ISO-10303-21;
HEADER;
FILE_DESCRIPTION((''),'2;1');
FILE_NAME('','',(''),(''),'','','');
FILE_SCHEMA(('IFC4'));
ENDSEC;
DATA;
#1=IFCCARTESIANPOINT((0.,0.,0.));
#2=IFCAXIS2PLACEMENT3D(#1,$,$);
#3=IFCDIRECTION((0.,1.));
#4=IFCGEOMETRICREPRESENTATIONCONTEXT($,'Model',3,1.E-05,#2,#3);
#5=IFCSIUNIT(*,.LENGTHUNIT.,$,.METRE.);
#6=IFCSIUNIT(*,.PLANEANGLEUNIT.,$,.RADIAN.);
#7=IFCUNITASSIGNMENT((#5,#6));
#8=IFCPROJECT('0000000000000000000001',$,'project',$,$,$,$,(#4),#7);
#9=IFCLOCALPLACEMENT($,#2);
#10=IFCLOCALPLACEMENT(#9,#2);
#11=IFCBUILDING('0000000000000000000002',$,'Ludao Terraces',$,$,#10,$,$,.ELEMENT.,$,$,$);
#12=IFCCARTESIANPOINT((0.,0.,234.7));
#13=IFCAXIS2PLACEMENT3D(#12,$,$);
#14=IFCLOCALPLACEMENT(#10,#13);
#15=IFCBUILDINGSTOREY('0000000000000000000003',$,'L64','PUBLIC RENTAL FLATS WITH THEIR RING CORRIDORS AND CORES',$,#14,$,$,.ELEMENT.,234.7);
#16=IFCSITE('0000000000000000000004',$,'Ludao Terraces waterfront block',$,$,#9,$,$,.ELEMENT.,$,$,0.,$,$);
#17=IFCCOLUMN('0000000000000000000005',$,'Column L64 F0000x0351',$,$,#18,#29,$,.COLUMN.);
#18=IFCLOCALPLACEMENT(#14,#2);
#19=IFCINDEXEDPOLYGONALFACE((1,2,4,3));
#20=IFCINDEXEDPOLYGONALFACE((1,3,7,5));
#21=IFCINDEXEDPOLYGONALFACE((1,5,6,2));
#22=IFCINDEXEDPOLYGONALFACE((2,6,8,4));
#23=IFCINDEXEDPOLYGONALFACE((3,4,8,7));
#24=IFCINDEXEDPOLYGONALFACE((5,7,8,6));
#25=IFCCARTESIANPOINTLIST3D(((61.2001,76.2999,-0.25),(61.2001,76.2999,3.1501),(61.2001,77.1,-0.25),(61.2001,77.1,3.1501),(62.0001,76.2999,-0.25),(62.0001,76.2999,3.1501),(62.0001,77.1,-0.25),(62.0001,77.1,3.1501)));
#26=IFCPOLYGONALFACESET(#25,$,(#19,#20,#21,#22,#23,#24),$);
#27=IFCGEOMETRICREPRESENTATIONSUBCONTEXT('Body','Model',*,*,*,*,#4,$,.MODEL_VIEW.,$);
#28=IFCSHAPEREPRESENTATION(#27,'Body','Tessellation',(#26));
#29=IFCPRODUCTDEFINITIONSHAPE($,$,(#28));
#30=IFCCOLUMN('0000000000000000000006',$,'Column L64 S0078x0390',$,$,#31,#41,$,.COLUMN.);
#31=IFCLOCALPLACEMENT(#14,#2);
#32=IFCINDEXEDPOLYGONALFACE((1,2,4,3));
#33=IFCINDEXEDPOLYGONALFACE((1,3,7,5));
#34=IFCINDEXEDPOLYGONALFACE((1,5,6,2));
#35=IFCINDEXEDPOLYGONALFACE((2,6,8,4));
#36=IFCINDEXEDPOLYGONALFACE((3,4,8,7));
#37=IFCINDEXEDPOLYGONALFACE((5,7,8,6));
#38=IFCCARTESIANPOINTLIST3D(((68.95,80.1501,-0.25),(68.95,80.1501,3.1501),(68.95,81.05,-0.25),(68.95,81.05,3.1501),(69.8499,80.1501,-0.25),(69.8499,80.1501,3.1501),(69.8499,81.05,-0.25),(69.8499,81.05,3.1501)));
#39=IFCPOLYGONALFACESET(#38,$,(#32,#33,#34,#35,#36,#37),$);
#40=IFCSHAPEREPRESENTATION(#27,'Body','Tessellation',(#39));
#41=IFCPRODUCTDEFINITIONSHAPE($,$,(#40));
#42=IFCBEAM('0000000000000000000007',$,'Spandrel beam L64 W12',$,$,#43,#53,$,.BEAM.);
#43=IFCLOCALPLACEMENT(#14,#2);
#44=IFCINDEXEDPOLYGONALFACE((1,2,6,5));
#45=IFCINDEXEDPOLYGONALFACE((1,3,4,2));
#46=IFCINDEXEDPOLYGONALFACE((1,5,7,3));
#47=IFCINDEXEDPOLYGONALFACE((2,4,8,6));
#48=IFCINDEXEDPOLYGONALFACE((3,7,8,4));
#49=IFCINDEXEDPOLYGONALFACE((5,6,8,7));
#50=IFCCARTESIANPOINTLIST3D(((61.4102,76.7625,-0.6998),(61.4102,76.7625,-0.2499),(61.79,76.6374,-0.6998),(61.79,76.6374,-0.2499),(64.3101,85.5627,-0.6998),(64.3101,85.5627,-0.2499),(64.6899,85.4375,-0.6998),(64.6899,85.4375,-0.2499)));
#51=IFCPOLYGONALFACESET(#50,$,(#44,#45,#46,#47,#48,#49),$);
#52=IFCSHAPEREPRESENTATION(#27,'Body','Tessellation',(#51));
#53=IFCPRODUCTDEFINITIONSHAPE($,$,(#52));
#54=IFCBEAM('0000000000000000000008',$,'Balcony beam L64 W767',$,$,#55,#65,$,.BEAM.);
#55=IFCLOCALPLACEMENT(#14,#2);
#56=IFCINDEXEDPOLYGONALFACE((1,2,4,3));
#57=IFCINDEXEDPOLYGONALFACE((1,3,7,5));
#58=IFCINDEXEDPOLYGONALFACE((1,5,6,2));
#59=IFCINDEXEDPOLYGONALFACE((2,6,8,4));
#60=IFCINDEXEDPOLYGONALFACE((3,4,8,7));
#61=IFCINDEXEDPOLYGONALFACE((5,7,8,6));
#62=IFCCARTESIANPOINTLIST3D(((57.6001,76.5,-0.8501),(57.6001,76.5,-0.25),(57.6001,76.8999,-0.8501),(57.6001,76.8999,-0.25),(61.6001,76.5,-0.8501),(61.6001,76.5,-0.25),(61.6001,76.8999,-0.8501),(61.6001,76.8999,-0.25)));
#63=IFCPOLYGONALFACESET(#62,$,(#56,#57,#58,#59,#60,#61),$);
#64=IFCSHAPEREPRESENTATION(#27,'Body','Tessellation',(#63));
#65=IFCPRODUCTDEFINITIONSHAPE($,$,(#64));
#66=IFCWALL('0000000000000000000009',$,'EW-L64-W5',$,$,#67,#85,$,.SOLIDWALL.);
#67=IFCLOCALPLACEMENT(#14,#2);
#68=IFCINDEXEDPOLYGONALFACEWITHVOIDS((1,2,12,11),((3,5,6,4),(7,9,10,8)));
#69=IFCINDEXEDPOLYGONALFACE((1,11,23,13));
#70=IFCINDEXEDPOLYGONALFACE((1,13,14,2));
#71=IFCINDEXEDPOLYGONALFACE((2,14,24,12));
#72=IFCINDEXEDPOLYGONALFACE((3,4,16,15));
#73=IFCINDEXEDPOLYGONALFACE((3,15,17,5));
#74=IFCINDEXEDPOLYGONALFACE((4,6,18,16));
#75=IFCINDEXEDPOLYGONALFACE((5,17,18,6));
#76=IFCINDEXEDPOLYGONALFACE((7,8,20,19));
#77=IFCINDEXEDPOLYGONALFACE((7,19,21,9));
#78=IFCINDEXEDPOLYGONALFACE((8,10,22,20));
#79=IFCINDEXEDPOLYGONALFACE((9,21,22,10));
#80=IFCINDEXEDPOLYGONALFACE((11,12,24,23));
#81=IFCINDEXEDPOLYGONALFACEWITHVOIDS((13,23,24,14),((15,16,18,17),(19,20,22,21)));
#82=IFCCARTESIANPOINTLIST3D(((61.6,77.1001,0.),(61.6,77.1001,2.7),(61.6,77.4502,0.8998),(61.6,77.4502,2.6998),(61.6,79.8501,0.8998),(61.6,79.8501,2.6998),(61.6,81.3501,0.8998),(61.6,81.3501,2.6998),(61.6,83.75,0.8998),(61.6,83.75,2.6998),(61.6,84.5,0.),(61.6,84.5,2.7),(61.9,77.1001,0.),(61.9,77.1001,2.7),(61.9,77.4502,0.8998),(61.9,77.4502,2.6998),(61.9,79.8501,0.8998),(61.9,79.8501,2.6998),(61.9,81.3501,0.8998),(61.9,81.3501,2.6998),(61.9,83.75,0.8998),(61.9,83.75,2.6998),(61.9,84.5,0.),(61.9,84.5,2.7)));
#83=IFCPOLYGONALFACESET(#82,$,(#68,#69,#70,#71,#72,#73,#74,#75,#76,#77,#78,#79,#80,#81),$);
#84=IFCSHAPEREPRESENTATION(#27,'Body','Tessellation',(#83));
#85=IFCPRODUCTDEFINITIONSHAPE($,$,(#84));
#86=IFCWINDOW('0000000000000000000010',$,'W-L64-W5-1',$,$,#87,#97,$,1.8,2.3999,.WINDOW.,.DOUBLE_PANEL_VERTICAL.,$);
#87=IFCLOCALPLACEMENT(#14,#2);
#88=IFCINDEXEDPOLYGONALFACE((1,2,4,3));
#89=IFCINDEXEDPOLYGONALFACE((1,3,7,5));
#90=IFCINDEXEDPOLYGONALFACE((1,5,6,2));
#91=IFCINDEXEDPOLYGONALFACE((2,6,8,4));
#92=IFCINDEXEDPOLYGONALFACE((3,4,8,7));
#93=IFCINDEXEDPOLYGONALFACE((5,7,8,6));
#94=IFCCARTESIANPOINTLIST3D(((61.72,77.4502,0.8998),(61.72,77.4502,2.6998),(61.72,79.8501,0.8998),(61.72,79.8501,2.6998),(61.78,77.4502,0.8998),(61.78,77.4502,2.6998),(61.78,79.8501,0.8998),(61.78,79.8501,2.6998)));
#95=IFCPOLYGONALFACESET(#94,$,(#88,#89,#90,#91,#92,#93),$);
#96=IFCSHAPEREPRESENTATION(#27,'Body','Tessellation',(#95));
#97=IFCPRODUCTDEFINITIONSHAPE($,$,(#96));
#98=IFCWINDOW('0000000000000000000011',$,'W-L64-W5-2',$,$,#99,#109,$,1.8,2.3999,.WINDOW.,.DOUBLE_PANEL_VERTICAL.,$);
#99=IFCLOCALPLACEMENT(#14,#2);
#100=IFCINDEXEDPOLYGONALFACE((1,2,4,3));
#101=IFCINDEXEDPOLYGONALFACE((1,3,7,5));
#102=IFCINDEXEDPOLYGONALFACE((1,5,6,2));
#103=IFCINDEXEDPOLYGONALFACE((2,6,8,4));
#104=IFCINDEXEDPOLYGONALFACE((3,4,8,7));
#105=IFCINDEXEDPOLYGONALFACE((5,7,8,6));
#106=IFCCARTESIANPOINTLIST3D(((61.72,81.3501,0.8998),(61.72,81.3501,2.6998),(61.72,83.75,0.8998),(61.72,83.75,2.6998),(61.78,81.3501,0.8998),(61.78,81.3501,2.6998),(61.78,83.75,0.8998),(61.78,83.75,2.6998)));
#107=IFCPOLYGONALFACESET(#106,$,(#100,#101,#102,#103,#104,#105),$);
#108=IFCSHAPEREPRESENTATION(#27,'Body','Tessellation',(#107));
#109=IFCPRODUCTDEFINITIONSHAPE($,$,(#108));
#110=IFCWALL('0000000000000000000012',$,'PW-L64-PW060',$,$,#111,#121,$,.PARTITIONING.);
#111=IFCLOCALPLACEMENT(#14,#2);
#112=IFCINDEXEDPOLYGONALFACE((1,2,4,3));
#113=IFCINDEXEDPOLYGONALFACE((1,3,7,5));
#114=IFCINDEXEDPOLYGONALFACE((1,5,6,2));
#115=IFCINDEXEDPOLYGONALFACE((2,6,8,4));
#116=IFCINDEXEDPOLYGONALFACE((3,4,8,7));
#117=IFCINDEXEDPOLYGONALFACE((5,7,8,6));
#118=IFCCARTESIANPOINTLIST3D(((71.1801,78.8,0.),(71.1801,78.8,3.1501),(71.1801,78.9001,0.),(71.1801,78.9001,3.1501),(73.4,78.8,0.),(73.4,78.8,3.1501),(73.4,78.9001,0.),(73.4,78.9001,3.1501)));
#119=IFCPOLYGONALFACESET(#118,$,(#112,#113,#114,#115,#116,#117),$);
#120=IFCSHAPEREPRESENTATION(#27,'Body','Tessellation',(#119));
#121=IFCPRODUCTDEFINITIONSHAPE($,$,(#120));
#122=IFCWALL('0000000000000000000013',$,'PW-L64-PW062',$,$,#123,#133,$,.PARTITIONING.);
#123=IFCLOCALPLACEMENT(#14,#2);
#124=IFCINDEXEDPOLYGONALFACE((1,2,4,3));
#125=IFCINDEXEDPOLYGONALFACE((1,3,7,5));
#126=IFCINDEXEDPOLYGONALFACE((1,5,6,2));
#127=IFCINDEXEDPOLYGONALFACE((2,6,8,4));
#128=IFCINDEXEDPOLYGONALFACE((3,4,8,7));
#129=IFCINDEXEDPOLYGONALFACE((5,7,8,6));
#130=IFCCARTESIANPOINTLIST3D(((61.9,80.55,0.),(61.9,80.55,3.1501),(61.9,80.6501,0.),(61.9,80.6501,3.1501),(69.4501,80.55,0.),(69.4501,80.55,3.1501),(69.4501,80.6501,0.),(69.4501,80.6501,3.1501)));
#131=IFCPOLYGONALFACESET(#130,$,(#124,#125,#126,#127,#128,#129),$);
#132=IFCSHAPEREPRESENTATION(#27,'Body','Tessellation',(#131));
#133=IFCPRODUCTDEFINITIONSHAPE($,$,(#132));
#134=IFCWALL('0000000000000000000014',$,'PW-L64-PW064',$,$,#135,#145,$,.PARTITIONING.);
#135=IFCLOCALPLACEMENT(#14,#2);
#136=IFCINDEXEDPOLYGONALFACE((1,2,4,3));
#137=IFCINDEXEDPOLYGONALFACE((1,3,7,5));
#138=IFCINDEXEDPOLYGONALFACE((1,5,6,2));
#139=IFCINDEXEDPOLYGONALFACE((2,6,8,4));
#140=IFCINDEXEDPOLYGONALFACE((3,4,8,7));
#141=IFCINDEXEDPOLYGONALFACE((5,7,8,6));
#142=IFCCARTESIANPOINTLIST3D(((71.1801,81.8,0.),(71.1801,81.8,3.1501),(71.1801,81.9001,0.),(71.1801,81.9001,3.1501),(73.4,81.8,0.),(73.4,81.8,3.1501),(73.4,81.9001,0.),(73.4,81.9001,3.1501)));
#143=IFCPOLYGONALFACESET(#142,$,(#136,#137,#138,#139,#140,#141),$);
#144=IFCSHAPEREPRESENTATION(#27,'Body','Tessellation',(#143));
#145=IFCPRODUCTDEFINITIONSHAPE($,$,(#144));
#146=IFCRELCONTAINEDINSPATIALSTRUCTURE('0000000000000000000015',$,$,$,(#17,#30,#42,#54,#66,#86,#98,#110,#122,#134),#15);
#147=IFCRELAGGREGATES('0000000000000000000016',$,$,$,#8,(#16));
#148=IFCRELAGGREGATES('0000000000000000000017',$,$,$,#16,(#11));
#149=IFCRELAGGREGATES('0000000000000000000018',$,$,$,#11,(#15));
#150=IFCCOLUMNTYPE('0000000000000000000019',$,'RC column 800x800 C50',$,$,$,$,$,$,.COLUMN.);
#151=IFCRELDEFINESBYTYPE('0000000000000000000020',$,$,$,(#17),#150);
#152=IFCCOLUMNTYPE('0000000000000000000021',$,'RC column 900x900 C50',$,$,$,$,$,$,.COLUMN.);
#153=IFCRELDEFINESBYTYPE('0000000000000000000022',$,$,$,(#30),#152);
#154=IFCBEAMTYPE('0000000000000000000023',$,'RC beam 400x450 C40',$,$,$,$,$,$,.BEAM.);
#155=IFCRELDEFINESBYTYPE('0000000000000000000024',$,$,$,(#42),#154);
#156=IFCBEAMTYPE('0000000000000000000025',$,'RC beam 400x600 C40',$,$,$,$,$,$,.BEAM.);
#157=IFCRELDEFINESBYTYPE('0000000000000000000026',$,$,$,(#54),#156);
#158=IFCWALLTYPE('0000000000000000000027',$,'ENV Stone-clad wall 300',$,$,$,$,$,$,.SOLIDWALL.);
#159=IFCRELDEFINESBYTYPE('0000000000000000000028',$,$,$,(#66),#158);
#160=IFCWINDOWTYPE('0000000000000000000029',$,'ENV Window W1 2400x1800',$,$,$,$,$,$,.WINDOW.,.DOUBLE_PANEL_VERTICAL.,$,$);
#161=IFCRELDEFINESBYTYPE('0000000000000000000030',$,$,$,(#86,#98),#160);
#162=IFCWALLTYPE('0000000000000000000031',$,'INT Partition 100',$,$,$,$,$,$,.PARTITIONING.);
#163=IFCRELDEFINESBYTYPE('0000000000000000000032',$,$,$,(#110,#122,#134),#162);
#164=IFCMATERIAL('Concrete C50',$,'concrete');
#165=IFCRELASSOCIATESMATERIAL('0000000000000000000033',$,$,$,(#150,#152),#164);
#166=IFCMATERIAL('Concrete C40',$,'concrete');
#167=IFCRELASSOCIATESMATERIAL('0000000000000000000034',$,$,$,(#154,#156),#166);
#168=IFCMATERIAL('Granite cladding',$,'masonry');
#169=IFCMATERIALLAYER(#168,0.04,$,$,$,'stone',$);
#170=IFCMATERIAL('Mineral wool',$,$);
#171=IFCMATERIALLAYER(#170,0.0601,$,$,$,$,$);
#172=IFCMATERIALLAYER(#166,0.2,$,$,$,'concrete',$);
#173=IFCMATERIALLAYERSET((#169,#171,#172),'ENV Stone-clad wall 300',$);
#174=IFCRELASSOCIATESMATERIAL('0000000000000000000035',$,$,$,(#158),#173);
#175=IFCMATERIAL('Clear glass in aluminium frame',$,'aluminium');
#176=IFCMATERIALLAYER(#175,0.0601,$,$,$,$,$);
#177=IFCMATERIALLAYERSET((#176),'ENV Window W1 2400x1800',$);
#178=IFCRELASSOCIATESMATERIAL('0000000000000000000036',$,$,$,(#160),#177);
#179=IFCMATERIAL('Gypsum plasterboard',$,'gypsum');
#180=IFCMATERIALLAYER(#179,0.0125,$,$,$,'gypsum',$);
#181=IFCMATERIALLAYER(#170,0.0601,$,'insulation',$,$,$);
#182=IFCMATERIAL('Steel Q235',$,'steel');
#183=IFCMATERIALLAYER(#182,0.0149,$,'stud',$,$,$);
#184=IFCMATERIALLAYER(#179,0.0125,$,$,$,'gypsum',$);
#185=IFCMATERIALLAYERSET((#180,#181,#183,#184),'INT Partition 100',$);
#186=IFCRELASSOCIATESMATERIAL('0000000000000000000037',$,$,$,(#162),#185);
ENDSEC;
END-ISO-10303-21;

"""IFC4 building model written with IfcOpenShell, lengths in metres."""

from ifc_helpers import new_model, si_unit, direction, frame, frame_2d, origin, origin_2d, place, context, subcontext, project, spatial, rectangle, extrude, material, layer, layer_set, material_profile, profile_set, type_object, element, fill, save


model = new_model("IFC4")

# Units and contexts
model_context = context("Model", 3, precision=1e-05, world=origin(), true_north=direction((0.0, 1.0)))
body_context = subcontext(model_context, "Body", "Model", "MODEL_VIEW")
ifc_project = project(units=[si_unit("LENGTHUNIT", "METRE"), si_unit("PLANEANGLEUNIT", "RADIAN")], contexts=[model_context])

# Site, building, storey
site_placement = place(None, origin())
site = spatial("IfcSite", under=ifc_project, at=site_placement, Name="Ludao Terraces waterfront block", CompositionType="ELEMENT", RefElevation=0.0)
building_placement = place(site_placement, origin())
building = spatial("IfcBuilding", under=site, at=building_placement, Name="Ludao Terraces", CompositionType="ELEMENT")
storey_placement = place(building_placement, frame((0.0, 0.0, 234.7)))
storey = spatial("IfcBuildingStorey", under=building, at=storey_placement, Name="L64", Description="PUBLIC RENTAL FLATS WITH THEIR RING CORRIDORS AND CORES", CompositionType="ELEMENT", Elevation=234.7)

# Columns
ifc_material_1 = material(Name="Concrete C50", Category="concrete")
ifc_material_profile_1 = material_profile(ifc_material_1, rectangle(XDim=0.8, YDim=0.8, at=origin_2d()), Name="800 X 800")
ifc_profile_set_1 = profile_set([ifc_material_profile_1], Name="Concrete C50")
column_type_1 = type_object("IfcColumnType", Name="RC column 800x800 C50", PredefinedType="COLUMN", material=ifc_profile_set_1)
column_1_placement = place(storey_placement, frame((61.6001, 76.7, -0.25), z_axis=(0.0, 0.0, 1.0), x_axis=(1.0, 0.0, 0.0)))
element("IfcColumn", 1, at=column_1_placement, inside=storey, type_object=column_type_1, Name="Column L64 F0000x0351", PredefinedType="COLUMN", context=body_context, shape_type="SweptSolid", body=[
    extrude(rectangle(XDim=0.8, YDim=0.8, at=origin_2d()), origin(), (0.0, 0.0, 1.0), 3.4001),
])
ifc_material_profile_2 = material_profile(ifc_material_1, rectangle(XDim=0.8999, YDim=0.8999, at=origin_2d()), Name="900 X 900")
ifc_profile_set_2 = profile_set([ifc_material_profile_2], Name="Concrete C50")
column_type_2 = type_object("IfcColumnType", Name="RC column 900x900 C50", PredefinedType="COLUMN", material=ifc_profile_set_2)
column_2_placement = place(storey_placement, frame((69.3999, 80.6001, -0.25), z_axis=(0.0, 0.0, 1.0), x_axis=(1.0, 0.0, 0.0)))
element("IfcColumn", 2, at=column_2_placement, inside=storey, type_object=column_type_2, Name="Column L64 S0078x0390", PredefinedType="COLUMN", context=body_context, shape_type="SweptSolid", body=[
    extrude(rectangle(XDim=0.8999, YDim=0.8999, at=origin_2d()), origin(), (0.0, 0.0, 1.0), 3.4001),
])

# Beams
ifc_material_2 = material(Name="Concrete C40", Category="concrete")
ifc_material_profile_3 = material_profile(ifc_material_2, rectangle(XDim=0.3999, YDim=0.45, at=origin_2d()), Name="400 X 450")
ifc_profile_set_3 = profile_set([ifc_material_profile_3], Name="Concrete C40")
beam_type_1 = type_object("IfcBeamType", Name="RC beam 400x450 C40", PredefinedType="BEAM", material=ifc_profile_set_3)
beam_1_placement = place(storey_placement, frame((61.6001, 76.7, -0.4749), z_axis=(0.312977, 0.949761, 0.0), x_axis=(-0.949761, 0.312977, 0.0)))
element("IfcBeam", 3, at=beam_1_placement, inside=storey, type_object=beam_type_1, Name="Spandrel beam L64 W12", PredefinedType="BEAM", context=body_context, shape_type="SweptSolid", body=[
    extrude(rectangle(XDim=0.3999, YDim=0.45, at=origin_2d()), origin(), (0.0, 0.0, 1.0), 9.2656),
])
ifc_material_profile_4 = material_profile(ifc_material_2, rectangle(XDim=0.3999, YDim=0.6001, at=origin_2d()), Name="400 X 600")
ifc_profile_set_4 = profile_set([ifc_material_profile_4], Name="Concrete C40")
beam_type_2 = type_object("IfcBeamType", Name="RC beam 400x600 C40", PredefinedType="BEAM", material=ifc_profile_set_4)
beam_2_placement = place(storey_placement, frame((61.6001, 76.7, -0.55), z_axis=(-1.0, 0.0, 0.0), x_axis=(0.0, -1.0, 0.0)))
element("IfcBeam", 4, at=beam_2_placement, inside=storey, type_object=beam_type_2, Name="Balcony beam L64 W767", PredefinedType="BEAM", context=body_context, shape_type="SweptSolid", body=[
    extrude(rectangle(XDim=0.3999, YDim=0.6001, at=origin_2d()), origin(), (0.0, 0.0, 1.0), 4.0),
])

# Wall, openings, windows
ifc_material_3 = material(Name="Granite cladding", Category="masonry")
ifc_layer_1 = layer(ifc_material_3, 0.04, Category="stone")
ifc_material_4 = material(Name="Mineral wool")
ifc_layer_2 = layer(ifc_material_4, 0.0601)
ifc_layer_3 = layer(ifc_material_2, 0.2, Category="concrete")
ifc_layer_set_1 = layer_set([ifc_layer_1, ifc_layer_2, ifc_layer_3], Name="ENV Stone-clad wall 300")
wall_type_1 = type_object("IfcWallType", Name="ENV Stone-clad wall 300", PredefinedType="SOLIDWALL", material=ifc_layer_set_1)
wall_1_placement = place(storey_placement, frame((61.75, 77.1001, 0.0), z_axis=(0.0, 0.0, 1.0), x_axis=(0.0, 1.0, 0.0)))
wall_1 = element("IfcWall", 5, at=wall_1_placement, inside=storey, type_object=wall_type_1, Name="EW-L64-W5", PredefinedType="SOLIDWALL", context=body_context, shape_type="SweptSolid", body=[
    extrude(rectangle(XDim=7.3999, YDim=0.3, at=frame_2d((3.7, 0.0))), origin(), (0.0, 0.0, 1.0), 2.7),
])
opening_1_placement = place(wall_1_placement, frame((0.3501, 0.0, 0.8999)))
opening_1 = element("IfcOpeningElement", 6, at=opening_1_placement, cuts=wall_1, PredefinedType="OPENING", context=body_context, shape_type="SweptSolid", body=[
    extrude(rectangle(XDim=2.3999, YDim=1.8, at=frame_2d((1.2, 0.8999))), frame((0.0, 0.1602, 0.0), z_axis=(0.0, -1.0, 0.0), x_axis=(1.0, 0.0, 0.0)), (0.0, 0.0, 1.0), 0.3201),
])
opening_2_placement = place(wall_1_placement, frame((4.25, 0.0, 0.8999)))
opening_2 = element("IfcOpeningElement", 7, at=opening_2_placement, cuts=wall_1, PredefinedType="OPENING", context=body_context, shape_type="SweptSolid", body=[
    extrude(rectangle(XDim=2.3999, YDim=1.8, at=frame_2d((1.2, 0.8999))), frame((0.0, 0.1602, 0.0), z_axis=(0.0, -1.0, 0.0), x_axis=(1.0, 0.0, 0.0)), (0.0, 0.0, 1.0), 0.3201),
])
ifc_material_5 = material(Name="Clear glass in aluminium frame", Category="aluminium")
ifc_layer_4 = layer(ifc_material_5, 0.0601)
ifc_layer_set_2 = layer_set([ifc_layer_4], Name="ENV Window W1 2400x1800")
window_type = type_object("IfcWindowType", Name="ENV Window W1 2400x1800", PartitioningType="DOUBLE_PANEL_VERTICAL", PredefinedType="WINDOW", material=ifc_layer_set_2)
window_1_placement = place(opening_1_placement, origin())
window_1 = element("IfcWindow", 8, at=window_1_placement, inside=storey, type_object=window_type, Name="W-L64-W5-1", OverallHeight=1.8, OverallWidth=2.3999, PartitioningType="DOUBLE_PANEL_VERTICAL", PredefinedType="WINDOW", context=body_context, shape_type="SweptSolid", body=[
    extrude(rectangle(XDim=2.3999, YDim=1.8, at=frame_2d((1.2, 0.8999))), frame((0.0, 0.03, 0.0), z_axis=(0.0, -1.0, 0.0), x_axis=(1.0, 0.0, 0.0)), (0.0, 0.0, 1.0), 0.0601),
])
fill(opening_1, window_1)
window_2_placement = place(opening_2_placement, origin())
window_2 = element("IfcWindow", 9, at=window_2_placement, inside=storey, type_object=window_type, Name="W-L64-W5-2", OverallHeight=1.8, OverallWidth=2.3999, PartitioningType="DOUBLE_PANEL_VERTICAL", PredefinedType="WINDOW", context=body_context, shape_type="SweptSolid", body=[
    extrude(rectangle(XDim=2.3999, YDim=1.8, at=frame_2d((1.2, 0.8999))), frame((0.0, 0.03, 0.0), z_axis=(0.0, -1.0, 0.0), x_axis=(1.0, 0.0, 0.0)), (0.0, 0.0, 1.0), 0.0601),
])
fill(opening_2, window_2)

# Walls
ifc_material_6 = material(Name="Gypsum plasterboard", Category="gypsum")
ifc_layer_5 = layer(ifc_material_6, 0.0125, Category="gypsum")
ifc_layer_6 = layer(ifc_material_4, 0.0601, Name="insulation")
ifc_material_7 = material(Name="Steel Q235", Category="steel")
ifc_layer_7 = layer(ifc_material_7, 0.0149, Name="stud")
ifc_layer_8 = layer(ifc_material_6, 0.0125, Category="gypsum")
ifc_layer_set_3 = layer_set([ifc_layer_5, ifc_layer_6, ifc_layer_7, ifc_layer_8], Name="INT Partition 100")
wall_type_2 = type_object("IfcWallType", Name="INT Partition 100", PredefinedType="PARTITIONING", material=ifc_layer_set_3)
wall_2_placement = place(storey_placement, frame((71.1802, 78.8501, 0.0), z_axis=(0.0, 0.0, 1.0), x_axis=(1.0, 0.0, 0.0)))
element("IfcWall", 10, at=wall_2_placement, inside=storey, type_object=wall_type_2, Name="PW-L64-PW060", PredefinedType="PARTITIONING", context=body_context, shape_type="SweptSolid", body=[
    extrude(rectangle(XDim=2.22, YDim=0.1001, at=frame_2d((1.1099, 0.0))), origin(), (0.0, 0.0, 1.0), 3.1501),
])
wall_3_placement = place(storey_placement, frame((61.9001, 80.6001, 0.0), z_axis=(0.0, 0.0, 1.0), x_axis=(1.0, 0.0, 0.0)))
element("IfcWall", 11, at=wall_3_placement, inside=storey, type_object=wall_type_2, Name="PW-L64-PW062", PredefinedType="PARTITIONING", context=body_context, shape_type="SweptSolid", body=[
    extrude(rectangle(XDim=7.55, YDim=0.1001, at=frame_2d((3.7749, 0.0))), origin(), (0.0, 0.0, 1.0), 3.1501),
])
wall_4_placement = place(storey_placement, frame((71.1802, 81.8501, 0.0), z_axis=(0.0, 0.0, 1.0), x_axis=(1.0, 0.0, 0.0)))
element("IfcWall", 12, at=wall_4_placement, inside=storey, type_object=wall_type_2, Name="PW-L64-PW064", PredefinedType="PARTITIONING", context=body_context, shape_type="SweptSolid", body=[
    extrude(rectangle(XDim=2.22, YDim=0.1001, at=frame_2d((1.1099, 0.0))), origin(), (0.0, 0.0, 1.0), 3.1501),
])

save(model, "model.ifc")
